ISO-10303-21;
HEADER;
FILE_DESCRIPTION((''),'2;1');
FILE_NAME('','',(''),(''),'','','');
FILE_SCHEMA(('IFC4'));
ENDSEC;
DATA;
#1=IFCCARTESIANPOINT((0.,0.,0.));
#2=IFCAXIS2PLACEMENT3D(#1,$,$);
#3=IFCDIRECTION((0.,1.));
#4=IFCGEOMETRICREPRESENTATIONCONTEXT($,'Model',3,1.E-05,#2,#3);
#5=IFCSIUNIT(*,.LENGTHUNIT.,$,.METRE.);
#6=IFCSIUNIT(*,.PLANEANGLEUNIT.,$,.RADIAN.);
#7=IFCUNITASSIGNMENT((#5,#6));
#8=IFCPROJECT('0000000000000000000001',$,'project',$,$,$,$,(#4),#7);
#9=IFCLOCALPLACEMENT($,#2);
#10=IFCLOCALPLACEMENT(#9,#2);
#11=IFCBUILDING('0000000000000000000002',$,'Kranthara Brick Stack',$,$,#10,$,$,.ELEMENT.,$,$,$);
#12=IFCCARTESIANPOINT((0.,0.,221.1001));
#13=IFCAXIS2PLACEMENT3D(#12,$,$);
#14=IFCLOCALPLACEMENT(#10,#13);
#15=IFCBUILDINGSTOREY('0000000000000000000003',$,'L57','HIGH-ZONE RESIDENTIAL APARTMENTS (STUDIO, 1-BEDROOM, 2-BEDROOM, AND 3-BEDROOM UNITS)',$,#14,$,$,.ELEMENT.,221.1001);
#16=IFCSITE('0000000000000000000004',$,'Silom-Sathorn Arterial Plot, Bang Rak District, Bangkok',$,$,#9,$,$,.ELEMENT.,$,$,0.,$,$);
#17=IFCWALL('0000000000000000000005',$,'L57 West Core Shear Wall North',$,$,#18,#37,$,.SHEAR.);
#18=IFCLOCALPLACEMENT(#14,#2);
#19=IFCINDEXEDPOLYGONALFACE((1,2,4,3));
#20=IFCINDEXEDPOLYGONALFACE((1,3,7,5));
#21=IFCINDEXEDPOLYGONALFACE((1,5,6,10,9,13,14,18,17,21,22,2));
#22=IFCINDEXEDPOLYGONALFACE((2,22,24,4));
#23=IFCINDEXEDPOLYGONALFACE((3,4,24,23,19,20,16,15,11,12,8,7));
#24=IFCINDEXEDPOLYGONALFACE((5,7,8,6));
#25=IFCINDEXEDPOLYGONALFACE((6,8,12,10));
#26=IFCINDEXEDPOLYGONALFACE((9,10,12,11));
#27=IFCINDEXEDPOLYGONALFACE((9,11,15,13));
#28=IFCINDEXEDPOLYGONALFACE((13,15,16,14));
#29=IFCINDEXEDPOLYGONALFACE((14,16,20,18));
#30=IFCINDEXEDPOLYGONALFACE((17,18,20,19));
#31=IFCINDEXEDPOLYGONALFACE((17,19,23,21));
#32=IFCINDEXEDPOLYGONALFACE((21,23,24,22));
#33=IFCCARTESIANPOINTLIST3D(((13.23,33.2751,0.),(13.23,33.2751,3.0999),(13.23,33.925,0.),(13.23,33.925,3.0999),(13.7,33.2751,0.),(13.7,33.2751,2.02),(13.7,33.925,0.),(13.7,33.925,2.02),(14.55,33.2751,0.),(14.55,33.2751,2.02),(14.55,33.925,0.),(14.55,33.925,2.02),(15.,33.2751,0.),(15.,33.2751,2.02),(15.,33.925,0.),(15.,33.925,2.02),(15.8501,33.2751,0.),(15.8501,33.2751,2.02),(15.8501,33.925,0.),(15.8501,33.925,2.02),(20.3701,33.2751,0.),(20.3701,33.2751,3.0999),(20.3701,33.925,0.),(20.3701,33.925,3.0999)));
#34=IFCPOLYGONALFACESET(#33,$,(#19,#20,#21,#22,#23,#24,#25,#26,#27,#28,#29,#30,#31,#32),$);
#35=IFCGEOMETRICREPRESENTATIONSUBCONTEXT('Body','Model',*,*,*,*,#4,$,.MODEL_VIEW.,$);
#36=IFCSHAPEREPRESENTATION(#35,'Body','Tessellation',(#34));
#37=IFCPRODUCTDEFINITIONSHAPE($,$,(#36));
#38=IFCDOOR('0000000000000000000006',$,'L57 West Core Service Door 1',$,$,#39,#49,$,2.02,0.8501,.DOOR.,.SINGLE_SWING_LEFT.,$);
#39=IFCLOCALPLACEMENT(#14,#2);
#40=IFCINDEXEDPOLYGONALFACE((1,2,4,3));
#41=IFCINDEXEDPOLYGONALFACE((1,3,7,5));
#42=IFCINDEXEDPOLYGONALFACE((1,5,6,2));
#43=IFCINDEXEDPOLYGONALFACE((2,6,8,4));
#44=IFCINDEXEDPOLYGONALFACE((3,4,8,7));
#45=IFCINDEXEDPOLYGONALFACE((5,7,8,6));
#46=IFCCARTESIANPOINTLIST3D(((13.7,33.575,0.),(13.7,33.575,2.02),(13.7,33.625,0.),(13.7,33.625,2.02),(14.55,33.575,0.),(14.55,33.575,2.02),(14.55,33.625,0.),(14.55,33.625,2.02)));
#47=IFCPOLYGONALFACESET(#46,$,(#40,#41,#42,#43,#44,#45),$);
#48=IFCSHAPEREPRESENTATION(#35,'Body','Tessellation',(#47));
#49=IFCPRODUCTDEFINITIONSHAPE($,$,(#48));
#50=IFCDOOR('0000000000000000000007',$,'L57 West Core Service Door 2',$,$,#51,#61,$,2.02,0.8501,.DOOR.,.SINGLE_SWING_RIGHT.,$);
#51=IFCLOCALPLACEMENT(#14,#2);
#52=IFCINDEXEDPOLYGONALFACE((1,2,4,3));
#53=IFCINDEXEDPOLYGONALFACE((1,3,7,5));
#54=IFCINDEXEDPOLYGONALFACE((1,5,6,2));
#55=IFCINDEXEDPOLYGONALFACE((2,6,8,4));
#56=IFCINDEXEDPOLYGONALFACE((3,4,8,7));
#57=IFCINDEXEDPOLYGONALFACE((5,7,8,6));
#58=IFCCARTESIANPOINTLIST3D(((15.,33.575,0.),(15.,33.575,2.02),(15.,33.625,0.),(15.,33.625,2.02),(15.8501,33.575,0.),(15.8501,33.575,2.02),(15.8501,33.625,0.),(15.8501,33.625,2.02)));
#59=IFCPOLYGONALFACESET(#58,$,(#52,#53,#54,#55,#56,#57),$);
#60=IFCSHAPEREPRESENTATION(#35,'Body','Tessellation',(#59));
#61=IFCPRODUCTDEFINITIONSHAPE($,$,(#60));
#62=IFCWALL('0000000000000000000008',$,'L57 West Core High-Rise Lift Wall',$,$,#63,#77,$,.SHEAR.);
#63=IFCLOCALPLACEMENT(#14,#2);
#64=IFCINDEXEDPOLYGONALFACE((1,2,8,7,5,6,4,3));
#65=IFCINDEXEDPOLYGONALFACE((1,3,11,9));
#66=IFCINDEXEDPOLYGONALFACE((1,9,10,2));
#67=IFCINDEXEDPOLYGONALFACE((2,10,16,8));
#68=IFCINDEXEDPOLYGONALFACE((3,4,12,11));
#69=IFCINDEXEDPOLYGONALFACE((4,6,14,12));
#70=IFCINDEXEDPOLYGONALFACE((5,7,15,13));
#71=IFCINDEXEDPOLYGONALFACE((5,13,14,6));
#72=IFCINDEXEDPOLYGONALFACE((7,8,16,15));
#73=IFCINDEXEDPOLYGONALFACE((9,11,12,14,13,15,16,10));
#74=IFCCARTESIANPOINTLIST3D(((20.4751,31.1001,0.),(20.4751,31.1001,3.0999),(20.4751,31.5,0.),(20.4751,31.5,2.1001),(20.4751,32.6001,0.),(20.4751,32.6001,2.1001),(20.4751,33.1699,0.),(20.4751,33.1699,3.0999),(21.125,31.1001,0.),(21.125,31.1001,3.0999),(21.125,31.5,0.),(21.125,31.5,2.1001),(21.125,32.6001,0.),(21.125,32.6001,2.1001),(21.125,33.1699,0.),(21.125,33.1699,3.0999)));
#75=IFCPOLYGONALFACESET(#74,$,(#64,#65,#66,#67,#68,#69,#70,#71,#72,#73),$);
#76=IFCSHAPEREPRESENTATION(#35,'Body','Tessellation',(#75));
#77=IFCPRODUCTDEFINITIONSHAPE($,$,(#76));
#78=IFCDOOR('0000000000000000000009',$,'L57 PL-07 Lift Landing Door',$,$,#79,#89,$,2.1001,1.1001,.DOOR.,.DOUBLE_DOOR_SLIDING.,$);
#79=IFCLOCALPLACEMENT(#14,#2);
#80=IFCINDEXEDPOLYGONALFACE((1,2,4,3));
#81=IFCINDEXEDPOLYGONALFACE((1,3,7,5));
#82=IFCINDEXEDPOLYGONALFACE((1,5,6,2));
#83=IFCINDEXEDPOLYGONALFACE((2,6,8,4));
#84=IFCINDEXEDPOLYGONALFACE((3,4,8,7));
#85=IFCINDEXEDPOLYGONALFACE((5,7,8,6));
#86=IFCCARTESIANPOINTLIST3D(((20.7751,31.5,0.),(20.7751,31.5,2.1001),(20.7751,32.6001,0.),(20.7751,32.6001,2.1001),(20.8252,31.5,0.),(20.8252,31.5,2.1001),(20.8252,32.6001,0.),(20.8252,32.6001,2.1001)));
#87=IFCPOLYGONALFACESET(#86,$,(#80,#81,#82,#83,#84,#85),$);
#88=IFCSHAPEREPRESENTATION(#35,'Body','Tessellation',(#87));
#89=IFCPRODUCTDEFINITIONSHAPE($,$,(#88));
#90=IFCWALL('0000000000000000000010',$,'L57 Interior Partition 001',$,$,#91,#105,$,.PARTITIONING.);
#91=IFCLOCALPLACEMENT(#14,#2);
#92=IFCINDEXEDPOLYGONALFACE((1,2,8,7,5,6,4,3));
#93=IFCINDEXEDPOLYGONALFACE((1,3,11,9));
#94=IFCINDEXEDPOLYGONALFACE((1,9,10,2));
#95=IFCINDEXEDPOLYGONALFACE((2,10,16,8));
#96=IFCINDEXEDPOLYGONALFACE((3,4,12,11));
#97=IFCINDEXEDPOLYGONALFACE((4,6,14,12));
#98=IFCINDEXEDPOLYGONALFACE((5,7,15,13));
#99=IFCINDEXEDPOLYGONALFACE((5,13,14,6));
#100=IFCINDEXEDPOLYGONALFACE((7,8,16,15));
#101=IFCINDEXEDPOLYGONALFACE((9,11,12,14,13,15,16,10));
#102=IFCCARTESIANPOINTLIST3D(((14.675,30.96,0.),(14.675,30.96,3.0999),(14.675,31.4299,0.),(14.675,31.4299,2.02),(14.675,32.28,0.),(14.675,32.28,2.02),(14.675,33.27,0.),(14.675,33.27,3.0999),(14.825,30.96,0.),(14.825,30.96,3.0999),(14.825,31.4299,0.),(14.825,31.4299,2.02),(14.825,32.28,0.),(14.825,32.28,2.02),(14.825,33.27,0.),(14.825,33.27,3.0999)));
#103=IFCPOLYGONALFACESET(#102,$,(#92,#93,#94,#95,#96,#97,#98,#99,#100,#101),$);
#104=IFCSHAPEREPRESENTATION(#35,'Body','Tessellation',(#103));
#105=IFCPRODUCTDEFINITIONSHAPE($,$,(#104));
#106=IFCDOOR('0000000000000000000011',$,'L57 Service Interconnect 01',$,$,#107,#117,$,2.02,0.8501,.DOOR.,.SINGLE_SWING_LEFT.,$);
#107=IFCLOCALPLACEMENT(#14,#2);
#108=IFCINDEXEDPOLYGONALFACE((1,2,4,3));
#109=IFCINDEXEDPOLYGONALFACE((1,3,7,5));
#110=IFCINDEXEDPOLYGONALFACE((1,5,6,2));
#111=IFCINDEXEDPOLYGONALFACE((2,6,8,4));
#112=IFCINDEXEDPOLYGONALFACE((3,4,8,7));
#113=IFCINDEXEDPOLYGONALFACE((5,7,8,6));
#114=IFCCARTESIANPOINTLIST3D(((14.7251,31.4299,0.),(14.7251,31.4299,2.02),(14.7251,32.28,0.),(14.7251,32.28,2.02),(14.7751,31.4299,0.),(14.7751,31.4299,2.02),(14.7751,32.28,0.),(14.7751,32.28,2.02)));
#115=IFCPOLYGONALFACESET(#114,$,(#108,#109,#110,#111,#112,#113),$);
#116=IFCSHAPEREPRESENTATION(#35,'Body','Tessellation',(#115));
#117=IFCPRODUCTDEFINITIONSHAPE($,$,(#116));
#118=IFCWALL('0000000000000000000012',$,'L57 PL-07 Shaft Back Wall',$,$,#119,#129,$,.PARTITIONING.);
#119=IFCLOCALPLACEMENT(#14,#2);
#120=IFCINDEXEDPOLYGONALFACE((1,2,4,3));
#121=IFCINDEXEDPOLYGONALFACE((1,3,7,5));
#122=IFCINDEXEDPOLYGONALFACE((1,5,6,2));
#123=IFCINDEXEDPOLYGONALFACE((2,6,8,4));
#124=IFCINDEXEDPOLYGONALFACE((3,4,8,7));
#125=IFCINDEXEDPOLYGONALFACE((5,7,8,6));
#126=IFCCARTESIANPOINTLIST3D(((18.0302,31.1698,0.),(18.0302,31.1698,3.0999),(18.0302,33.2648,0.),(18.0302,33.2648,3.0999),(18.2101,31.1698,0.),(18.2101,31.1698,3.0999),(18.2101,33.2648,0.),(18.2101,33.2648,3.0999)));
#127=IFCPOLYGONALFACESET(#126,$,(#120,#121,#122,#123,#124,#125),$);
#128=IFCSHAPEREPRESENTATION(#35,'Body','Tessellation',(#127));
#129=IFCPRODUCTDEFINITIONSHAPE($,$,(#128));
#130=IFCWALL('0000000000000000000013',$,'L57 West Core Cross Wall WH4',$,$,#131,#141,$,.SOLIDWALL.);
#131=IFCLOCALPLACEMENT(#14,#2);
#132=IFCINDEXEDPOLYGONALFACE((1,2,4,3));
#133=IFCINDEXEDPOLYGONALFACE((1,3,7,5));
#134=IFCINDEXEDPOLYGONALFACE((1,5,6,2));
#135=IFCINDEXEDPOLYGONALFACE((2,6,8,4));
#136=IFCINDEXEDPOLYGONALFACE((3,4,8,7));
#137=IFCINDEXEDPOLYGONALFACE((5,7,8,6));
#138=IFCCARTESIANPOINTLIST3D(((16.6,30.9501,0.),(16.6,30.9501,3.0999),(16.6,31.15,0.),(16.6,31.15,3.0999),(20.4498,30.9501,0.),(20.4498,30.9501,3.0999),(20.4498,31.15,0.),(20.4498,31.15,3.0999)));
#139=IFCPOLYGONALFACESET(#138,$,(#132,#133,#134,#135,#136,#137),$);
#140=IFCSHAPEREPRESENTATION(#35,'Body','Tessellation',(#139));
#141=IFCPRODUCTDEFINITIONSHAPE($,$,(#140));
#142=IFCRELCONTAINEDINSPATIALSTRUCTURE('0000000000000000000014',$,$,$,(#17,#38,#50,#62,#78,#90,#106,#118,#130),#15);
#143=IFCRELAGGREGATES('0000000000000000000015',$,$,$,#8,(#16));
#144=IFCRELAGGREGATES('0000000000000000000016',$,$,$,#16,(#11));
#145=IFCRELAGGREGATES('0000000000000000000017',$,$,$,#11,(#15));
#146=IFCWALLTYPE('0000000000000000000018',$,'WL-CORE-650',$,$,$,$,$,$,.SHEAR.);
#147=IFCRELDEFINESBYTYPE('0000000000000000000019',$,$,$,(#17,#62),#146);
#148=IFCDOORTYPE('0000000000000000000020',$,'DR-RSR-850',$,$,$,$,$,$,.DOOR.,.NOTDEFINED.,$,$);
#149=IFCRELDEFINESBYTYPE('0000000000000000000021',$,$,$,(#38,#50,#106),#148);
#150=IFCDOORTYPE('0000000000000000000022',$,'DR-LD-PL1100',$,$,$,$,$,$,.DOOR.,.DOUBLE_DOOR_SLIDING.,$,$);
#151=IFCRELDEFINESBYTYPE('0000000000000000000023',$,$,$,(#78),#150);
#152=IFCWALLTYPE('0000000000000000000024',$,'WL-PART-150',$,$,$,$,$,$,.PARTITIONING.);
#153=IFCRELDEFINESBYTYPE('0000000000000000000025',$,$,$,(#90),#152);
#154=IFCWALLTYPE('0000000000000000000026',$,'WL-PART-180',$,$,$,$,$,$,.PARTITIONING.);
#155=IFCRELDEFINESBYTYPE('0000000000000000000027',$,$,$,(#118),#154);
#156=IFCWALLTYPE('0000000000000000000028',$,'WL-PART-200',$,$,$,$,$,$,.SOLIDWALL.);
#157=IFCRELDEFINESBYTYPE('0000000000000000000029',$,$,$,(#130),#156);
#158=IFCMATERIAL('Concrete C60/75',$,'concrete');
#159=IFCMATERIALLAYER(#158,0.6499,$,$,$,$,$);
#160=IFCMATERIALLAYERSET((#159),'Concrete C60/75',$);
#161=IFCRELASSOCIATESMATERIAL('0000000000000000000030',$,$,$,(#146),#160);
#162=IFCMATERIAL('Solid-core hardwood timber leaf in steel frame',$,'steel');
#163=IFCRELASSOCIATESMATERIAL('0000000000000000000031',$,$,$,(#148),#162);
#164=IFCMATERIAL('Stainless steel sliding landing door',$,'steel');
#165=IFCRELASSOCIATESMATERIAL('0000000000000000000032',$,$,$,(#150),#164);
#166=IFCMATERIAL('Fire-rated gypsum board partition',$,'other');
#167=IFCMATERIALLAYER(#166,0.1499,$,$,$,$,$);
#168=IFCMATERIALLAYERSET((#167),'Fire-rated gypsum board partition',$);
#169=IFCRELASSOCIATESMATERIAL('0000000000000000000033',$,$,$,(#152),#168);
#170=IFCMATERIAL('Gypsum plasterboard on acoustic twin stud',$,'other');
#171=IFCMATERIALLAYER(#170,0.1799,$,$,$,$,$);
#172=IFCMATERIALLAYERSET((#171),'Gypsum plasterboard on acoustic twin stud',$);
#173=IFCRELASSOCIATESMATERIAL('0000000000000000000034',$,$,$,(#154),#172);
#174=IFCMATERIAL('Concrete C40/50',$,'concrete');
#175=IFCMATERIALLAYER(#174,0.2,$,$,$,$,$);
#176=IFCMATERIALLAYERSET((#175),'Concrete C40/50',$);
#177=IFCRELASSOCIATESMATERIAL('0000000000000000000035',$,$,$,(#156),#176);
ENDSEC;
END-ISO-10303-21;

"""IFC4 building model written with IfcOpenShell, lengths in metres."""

from ifc_helpers import new_model, si_unit, direction, frame, frame_2d, origin, place, context, subcontext, project, spatial, rectangle, extrude, material, layer, layer_set, type_object, element, fill, save


model = new_model("IFC4")

# Units and contexts
model_context = context("Model", 3, precision=1e-05, world=origin(), true_north=direction((0.0, 1.0)))
body_context = subcontext(model_context, "Body", "Model", "MODEL_VIEW")
ifc_project = project(units=[si_unit("LENGTHUNIT", "METRE"), si_unit("PLANEANGLEUNIT", "RADIAN")], contexts=[model_context])

# Site, building, storey
site_placement = place(None, origin())
site = spatial("IfcSite", under=ifc_project, at=site_placement, Name="Silom-Sathorn Arterial Plot, Bang Rak District, Bangkok", CompositionType="ELEMENT", RefElevation=0.0)
building_placement = place(site_placement, origin())
building = spatial("IfcBuilding", under=site, at=building_placement, Name="Kranthara Brick Stack", CompositionType="ELEMENT")
storey_placement = place(building_placement, frame((0.0, 0.0, 221.1001)))
storey = spatial("IfcBuildingStorey", under=building, at=storey_placement, Name="L57", Description="HIGH-ZONE RESIDENTIAL APARTMENTS (STUDIO, 1-BEDROOM, 2-BEDROOM, AND 3-BEDROOM UNITS)", CompositionType="ELEMENT", Elevation=221.1001)

# Wall, openings, doors
ifc_material_1 = material(Name="Concrete C60/75", Category="concrete")
ifc_layer_1 = layer(ifc_material_1, 0.6499)
ifc_layer_set_1 = layer_set([ifc_layer_1], Name="Concrete C60/75")
wall_type_1 = type_object("IfcWallType", Name="WL-CORE-650", PredefinedType="SHEAR", material=ifc_layer_set_1)
wall_1_placement = place(storey_placement, frame((13.23, 33.6001, 0.0), z_axis=(0.0, 0.0, 1.0), x_axis=(1.0, 0.0, 0.0)))
wall_1 = element("IfcWall", 1, at=wall_1_placement, inside=storey, type_object=wall_type_1, Name="L57 West Core Shear Wall North", PredefinedType="SHEAR", context=body_context, shape_type="SweptSolid", body=[
    extrude(rectangle(XDim=7.1401, YDim=0.6499, at=frame_2d((3.5701, 0.0))), origin(), (0.0, 0.0, 1.0), 3.0999),
])
opening_1_placement = place(wall_1_placement, frame((0.47, 0.0, 0.0)))
opening_1 = element("IfcOpeningElement", 2, at=opening_1_placement, cuts=wall_1, PredefinedType="OPENING", context=body_context, shape_type="SweptSolid", body=[
    extrude(rectangle(XDim=0.8501, YDim=2.02, at=frame_2d((0.425, 1.01))), frame((0.0, 0.335, 0.0), z_axis=(0.0, -1.0, 0.0), x_axis=(1.0, 0.0, 0.0)), (0.0, 0.0, 1.0), 0.6699),
])
opening_2_placement = place(wall_1_placement, frame((1.77, 0.0, 0.0)))
opening_2 = element("IfcOpeningElement", 3, at=opening_2_placement, cuts=wall_1, PredefinedType="OPENING", context=body_context, shape_type="SweptSolid", body=[
    extrude(rectangle(XDim=0.8501, YDim=2.02, at=frame_2d((0.425, 1.01))), frame((0.0, 0.335, 0.0), z_axis=(0.0, -1.0, 0.0), x_axis=(1.0, 0.0, 0.0)), (0.0, 0.0, 1.0), 0.6699),
])
ifc_material_2 = material(Name="Solid-core hardwood timber leaf in steel frame", Category="steel")
door_type_1 = type_object("IfcDoorType", Name="DR-RSR-850", OperationType="NOTDEFINED", PredefinedType="DOOR", material=ifc_material_2)
door_1_placement = place(opening_1_placement, origin())
door_1 = element("IfcDoor", 4, at=door_1_placement, inside=storey, type_object=door_type_1, Name="L57 West Core Service Door 1", OperationType="SINGLE_SWING_LEFT", OverallHeight=2.02, OverallWidth=0.8501, PredefinedType="DOOR", context=body_context, shape_type="SweptSolid", body=[
    extrude(rectangle(XDim=0.8501, YDim=2.02, at=frame_2d((0.425, 1.01))), frame((0.0, 0.0249, 0.0), z_axis=(0.0, -1.0, 0.0), x_axis=(1.0, 0.0, 0.0)), (0.0, 0.0, 1.0), 0.05),
])
fill(opening_1, door_1)
door_2_placement = place(opening_2_placement, origin())
door_2 = element("IfcDoor", 5, at=door_2_placement, inside=storey, type_object=door_type_1, Name="L57 West Core Service Door 2", OperationType="SINGLE_SWING_RIGHT", OverallHeight=2.02, OverallWidth=0.8501, PredefinedType="DOOR", context=body_context, shape_type="SweptSolid", body=[
    extrude(rectangle(XDim=0.8501, YDim=2.02, at=frame_2d((0.425, 1.01))), frame((0.0, 0.0249, 0.0), z_axis=(0.0, -1.0, 0.0), x_axis=(1.0, 0.0, 0.0)), (0.0, 0.0, 1.0), 0.05),
])
fill(opening_2, door_2)

# Walls, openings, doors
wall_2_placement = place(storey_placement, frame((20.8, 31.1001, 0.0), z_axis=(0.0, 0.0, 1.0), x_axis=(0.0, 1.0, 0.0)))
wall_2 = element("IfcWall", 6, at=wall_2_placement, inside=storey, type_object=wall_type_1, Name="L57 West Core High-Rise Lift Wall", PredefinedType="SHEAR", context=body_context, shape_type="SweptSolid", body=[
    extrude(rectangle(XDim=2.0698, YDim=0.6499, at=frame_2d((1.0349, 0.0))), origin(), (0.0, 0.0, 1.0), 3.0999),
])
opening_3_placement = place(wall_2_placement, frame((0.3999, 0.0, 0.0)))
opening_3 = element("IfcOpeningElement", 7, at=opening_3_placement, cuts=wall_2, PredefinedType="OPENING", context=body_context, shape_type="SweptSolid", body=[
    extrude(rectangle(XDim=1.1001, YDim=2.1001, at=frame_2d((0.55, 1.05))), frame((0.0, 0.335, 0.0), z_axis=(0.0, -1.0, 0.0), x_axis=(1.0, 0.0, 0.0)), (0.0, 0.0, 1.0), 0.6699),
])
ifc_material_3 = material(Name="Stainless steel sliding landing door", Category="steel")
door_type_2 = type_object("IfcDoorType", Name="DR-LD-PL1100", OperationType="DOUBLE_DOOR_SLIDING", PredefinedType="DOOR", material=ifc_material_3)
door_3_placement = place(opening_3_placement, origin())
door_3 = element("IfcDoor", 8, at=door_3_placement, inside=storey, type_object=door_type_2, Name="L57 PL-07 Lift Landing Door", OperationType="DOUBLE_DOOR_SLIDING", OverallHeight=2.1001, OverallWidth=1.1001, PredefinedType="DOOR", context=body_context, shape_type="SweptSolid", body=[
    extrude(rectangle(XDim=1.1001, YDim=2.1001, at=frame_2d((0.55, 1.05))), frame((0.0, 0.0249, 0.0), z_axis=(0.0, -1.0, 0.0), x_axis=(1.0, 0.0, 0.0)), (0.0, 0.0, 1.0), 0.05),
])
fill(opening_3, door_3)
ifc_material_4 = material(Name="Fire-rated gypsum board partition", Category="other")
ifc_layer_2 = layer(ifc_material_4, 0.1499)
ifc_layer_set_2 = layer_set([ifc_layer_2], Name="Fire-rated gypsum board partition")
wall_type_2 = type_object("IfcWallType", Name="WL-PART-150", PredefinedType="PARTITIONING", material=ifc_layer_set_2)
wall_3_placement = place(storey_placement, frame((14.75, 30.96, 0.0), z_axis=(0.0, 0.0, 1.0), x_axis=(0.0, 1.0, 0.0)))
wall_3 = element("IfcWall", 9, at=wall_3_placement, inside=storey, type_object=wall_type_2, Name="L57 Interior Partition 001", PredefinedType="PARTITIONING", context=body_context, shape_type="SweptSolid", body=[
    extrude(rectangle(XDim=2.3101, YDim=0.1499, at=frame_2d((1.155, 0.0))), origin(), (0.0, 0.0, 1.0), 3.0999),
])
opening_4_placement = place(wall_3_placement, frame((0.47, 0.0, 0.0)))
opening_4 = element("IfcOpeningElement", 10, at=opening_4_placement, cuts=wall_3, PredefinedType="OPENING", context=body_context, shape_type="SweptSolid", body=[
    extrude(rectangle(XDim=0.8501, YDim=2.02, at=frame_2d((0.425, 1.01))), frame((0.0, 0.085, 0.0), z_axis=(0.0, -1.0, 0.0), x_axis=(1.0, 0.0, 0.0)), (0.0, 0.0, 1.0), 0.1699),
])
door_4_placement = place(opening_4_placement, origin())
door_4 = element("IfcDoor", 11, at=door_4_placement, inside=storey, type_object=door_type_1, Name="L57 Service Interconnect 01", OperationType="SINGLE_SWING_LEFT", OverallHeight=2.02, OverallWidth=0.8501, PredefinedType="DOOR", context=body_context, shape_type="SweptSolid", body=[
    extrude(rectangle(XDim=0.8501, YDim=2.02, at=frame_2d((0.425, 1.01))), frame((0.0, 0.0249, 0.0), z_axis=(0.0, -1.0, 0.0), x_axis=(1.0, 0.0, 0.0)), (0.0, 0.0, 1.0), 0.05),
])
fill(opening_4, door_4)

# Walls
ifc_material_5 = material(Name="Gypsum plasterboard on acoustic twin stud", Category="other")
ifc_layer_3 = layer(ifc_material_5, 0.1799)
ifc_layer_set_3 = layer_set([ifc_layer_3], Name="Gypsum plasterboard on acoustic twin stud")
wall_type_3 = type_object("IfcWallType", Name="WL-PART-180", PredefinedType="PARTITIONING", material=ifc_layer_set_3)
wall_4_placement = place(storey_placement, frame((18.1201, 31.1699, 0.0), z_axis=(0.0, 0.0, 1.0), x_axis=(0.0, 1.0, 0.0)))
element("IfcWall", 12, at=wall_4_placement, inside=storey, type_object=wall_type_3, Name="L57 PL-07 Shaft Back Wall", PredefinedType="PARTITIONING", context=body_context, shape_type="SweptSolid", body=[
    extrude(rectangle(XDim=2.095, YDim=0.1799, at=frame_2d((1.0474, 0.0))), origin(), (0.0, 0.0, 1.0), 3.0999),
])
ifc_material_6 = material(Name="Concrete C40/50", Category="concrete")
ifc_layer_4 = layer(ifc_material_6, 0.2)
ifc_layer_set_4 = layer_set([ifc_layer_4], Name="Concrete C40/50")
wall_type_4 = type_object("IfcWallType", Name="WL-PART-200", PredefinedType="SOLIDWALL", material=ifc_layer_set_4)
wall_5_placement = place(storey_placement, frame((16.6001, 31.05, 0.0), z_axis=(0.0, 0.0, 1.0), x_axis=(1.0, 0.0, 0.0)))
element("IfcWall", 13, at=wall_5_placement, inside=storey, type_object=wall_type_4, Name="L57 West Core Cross Wall WH4", PredefinedType="SOLIDWALL", context=body_context, shape_type="SweptSolid", body=[
    extrude(rectangle(XDim=3.8499, YDim=0.2, at=frame_2d((1.9248, 0.0))), origin(), (0.0, 0.0, 1.0), 3.0999),
])

save(model, "model.ifc")
